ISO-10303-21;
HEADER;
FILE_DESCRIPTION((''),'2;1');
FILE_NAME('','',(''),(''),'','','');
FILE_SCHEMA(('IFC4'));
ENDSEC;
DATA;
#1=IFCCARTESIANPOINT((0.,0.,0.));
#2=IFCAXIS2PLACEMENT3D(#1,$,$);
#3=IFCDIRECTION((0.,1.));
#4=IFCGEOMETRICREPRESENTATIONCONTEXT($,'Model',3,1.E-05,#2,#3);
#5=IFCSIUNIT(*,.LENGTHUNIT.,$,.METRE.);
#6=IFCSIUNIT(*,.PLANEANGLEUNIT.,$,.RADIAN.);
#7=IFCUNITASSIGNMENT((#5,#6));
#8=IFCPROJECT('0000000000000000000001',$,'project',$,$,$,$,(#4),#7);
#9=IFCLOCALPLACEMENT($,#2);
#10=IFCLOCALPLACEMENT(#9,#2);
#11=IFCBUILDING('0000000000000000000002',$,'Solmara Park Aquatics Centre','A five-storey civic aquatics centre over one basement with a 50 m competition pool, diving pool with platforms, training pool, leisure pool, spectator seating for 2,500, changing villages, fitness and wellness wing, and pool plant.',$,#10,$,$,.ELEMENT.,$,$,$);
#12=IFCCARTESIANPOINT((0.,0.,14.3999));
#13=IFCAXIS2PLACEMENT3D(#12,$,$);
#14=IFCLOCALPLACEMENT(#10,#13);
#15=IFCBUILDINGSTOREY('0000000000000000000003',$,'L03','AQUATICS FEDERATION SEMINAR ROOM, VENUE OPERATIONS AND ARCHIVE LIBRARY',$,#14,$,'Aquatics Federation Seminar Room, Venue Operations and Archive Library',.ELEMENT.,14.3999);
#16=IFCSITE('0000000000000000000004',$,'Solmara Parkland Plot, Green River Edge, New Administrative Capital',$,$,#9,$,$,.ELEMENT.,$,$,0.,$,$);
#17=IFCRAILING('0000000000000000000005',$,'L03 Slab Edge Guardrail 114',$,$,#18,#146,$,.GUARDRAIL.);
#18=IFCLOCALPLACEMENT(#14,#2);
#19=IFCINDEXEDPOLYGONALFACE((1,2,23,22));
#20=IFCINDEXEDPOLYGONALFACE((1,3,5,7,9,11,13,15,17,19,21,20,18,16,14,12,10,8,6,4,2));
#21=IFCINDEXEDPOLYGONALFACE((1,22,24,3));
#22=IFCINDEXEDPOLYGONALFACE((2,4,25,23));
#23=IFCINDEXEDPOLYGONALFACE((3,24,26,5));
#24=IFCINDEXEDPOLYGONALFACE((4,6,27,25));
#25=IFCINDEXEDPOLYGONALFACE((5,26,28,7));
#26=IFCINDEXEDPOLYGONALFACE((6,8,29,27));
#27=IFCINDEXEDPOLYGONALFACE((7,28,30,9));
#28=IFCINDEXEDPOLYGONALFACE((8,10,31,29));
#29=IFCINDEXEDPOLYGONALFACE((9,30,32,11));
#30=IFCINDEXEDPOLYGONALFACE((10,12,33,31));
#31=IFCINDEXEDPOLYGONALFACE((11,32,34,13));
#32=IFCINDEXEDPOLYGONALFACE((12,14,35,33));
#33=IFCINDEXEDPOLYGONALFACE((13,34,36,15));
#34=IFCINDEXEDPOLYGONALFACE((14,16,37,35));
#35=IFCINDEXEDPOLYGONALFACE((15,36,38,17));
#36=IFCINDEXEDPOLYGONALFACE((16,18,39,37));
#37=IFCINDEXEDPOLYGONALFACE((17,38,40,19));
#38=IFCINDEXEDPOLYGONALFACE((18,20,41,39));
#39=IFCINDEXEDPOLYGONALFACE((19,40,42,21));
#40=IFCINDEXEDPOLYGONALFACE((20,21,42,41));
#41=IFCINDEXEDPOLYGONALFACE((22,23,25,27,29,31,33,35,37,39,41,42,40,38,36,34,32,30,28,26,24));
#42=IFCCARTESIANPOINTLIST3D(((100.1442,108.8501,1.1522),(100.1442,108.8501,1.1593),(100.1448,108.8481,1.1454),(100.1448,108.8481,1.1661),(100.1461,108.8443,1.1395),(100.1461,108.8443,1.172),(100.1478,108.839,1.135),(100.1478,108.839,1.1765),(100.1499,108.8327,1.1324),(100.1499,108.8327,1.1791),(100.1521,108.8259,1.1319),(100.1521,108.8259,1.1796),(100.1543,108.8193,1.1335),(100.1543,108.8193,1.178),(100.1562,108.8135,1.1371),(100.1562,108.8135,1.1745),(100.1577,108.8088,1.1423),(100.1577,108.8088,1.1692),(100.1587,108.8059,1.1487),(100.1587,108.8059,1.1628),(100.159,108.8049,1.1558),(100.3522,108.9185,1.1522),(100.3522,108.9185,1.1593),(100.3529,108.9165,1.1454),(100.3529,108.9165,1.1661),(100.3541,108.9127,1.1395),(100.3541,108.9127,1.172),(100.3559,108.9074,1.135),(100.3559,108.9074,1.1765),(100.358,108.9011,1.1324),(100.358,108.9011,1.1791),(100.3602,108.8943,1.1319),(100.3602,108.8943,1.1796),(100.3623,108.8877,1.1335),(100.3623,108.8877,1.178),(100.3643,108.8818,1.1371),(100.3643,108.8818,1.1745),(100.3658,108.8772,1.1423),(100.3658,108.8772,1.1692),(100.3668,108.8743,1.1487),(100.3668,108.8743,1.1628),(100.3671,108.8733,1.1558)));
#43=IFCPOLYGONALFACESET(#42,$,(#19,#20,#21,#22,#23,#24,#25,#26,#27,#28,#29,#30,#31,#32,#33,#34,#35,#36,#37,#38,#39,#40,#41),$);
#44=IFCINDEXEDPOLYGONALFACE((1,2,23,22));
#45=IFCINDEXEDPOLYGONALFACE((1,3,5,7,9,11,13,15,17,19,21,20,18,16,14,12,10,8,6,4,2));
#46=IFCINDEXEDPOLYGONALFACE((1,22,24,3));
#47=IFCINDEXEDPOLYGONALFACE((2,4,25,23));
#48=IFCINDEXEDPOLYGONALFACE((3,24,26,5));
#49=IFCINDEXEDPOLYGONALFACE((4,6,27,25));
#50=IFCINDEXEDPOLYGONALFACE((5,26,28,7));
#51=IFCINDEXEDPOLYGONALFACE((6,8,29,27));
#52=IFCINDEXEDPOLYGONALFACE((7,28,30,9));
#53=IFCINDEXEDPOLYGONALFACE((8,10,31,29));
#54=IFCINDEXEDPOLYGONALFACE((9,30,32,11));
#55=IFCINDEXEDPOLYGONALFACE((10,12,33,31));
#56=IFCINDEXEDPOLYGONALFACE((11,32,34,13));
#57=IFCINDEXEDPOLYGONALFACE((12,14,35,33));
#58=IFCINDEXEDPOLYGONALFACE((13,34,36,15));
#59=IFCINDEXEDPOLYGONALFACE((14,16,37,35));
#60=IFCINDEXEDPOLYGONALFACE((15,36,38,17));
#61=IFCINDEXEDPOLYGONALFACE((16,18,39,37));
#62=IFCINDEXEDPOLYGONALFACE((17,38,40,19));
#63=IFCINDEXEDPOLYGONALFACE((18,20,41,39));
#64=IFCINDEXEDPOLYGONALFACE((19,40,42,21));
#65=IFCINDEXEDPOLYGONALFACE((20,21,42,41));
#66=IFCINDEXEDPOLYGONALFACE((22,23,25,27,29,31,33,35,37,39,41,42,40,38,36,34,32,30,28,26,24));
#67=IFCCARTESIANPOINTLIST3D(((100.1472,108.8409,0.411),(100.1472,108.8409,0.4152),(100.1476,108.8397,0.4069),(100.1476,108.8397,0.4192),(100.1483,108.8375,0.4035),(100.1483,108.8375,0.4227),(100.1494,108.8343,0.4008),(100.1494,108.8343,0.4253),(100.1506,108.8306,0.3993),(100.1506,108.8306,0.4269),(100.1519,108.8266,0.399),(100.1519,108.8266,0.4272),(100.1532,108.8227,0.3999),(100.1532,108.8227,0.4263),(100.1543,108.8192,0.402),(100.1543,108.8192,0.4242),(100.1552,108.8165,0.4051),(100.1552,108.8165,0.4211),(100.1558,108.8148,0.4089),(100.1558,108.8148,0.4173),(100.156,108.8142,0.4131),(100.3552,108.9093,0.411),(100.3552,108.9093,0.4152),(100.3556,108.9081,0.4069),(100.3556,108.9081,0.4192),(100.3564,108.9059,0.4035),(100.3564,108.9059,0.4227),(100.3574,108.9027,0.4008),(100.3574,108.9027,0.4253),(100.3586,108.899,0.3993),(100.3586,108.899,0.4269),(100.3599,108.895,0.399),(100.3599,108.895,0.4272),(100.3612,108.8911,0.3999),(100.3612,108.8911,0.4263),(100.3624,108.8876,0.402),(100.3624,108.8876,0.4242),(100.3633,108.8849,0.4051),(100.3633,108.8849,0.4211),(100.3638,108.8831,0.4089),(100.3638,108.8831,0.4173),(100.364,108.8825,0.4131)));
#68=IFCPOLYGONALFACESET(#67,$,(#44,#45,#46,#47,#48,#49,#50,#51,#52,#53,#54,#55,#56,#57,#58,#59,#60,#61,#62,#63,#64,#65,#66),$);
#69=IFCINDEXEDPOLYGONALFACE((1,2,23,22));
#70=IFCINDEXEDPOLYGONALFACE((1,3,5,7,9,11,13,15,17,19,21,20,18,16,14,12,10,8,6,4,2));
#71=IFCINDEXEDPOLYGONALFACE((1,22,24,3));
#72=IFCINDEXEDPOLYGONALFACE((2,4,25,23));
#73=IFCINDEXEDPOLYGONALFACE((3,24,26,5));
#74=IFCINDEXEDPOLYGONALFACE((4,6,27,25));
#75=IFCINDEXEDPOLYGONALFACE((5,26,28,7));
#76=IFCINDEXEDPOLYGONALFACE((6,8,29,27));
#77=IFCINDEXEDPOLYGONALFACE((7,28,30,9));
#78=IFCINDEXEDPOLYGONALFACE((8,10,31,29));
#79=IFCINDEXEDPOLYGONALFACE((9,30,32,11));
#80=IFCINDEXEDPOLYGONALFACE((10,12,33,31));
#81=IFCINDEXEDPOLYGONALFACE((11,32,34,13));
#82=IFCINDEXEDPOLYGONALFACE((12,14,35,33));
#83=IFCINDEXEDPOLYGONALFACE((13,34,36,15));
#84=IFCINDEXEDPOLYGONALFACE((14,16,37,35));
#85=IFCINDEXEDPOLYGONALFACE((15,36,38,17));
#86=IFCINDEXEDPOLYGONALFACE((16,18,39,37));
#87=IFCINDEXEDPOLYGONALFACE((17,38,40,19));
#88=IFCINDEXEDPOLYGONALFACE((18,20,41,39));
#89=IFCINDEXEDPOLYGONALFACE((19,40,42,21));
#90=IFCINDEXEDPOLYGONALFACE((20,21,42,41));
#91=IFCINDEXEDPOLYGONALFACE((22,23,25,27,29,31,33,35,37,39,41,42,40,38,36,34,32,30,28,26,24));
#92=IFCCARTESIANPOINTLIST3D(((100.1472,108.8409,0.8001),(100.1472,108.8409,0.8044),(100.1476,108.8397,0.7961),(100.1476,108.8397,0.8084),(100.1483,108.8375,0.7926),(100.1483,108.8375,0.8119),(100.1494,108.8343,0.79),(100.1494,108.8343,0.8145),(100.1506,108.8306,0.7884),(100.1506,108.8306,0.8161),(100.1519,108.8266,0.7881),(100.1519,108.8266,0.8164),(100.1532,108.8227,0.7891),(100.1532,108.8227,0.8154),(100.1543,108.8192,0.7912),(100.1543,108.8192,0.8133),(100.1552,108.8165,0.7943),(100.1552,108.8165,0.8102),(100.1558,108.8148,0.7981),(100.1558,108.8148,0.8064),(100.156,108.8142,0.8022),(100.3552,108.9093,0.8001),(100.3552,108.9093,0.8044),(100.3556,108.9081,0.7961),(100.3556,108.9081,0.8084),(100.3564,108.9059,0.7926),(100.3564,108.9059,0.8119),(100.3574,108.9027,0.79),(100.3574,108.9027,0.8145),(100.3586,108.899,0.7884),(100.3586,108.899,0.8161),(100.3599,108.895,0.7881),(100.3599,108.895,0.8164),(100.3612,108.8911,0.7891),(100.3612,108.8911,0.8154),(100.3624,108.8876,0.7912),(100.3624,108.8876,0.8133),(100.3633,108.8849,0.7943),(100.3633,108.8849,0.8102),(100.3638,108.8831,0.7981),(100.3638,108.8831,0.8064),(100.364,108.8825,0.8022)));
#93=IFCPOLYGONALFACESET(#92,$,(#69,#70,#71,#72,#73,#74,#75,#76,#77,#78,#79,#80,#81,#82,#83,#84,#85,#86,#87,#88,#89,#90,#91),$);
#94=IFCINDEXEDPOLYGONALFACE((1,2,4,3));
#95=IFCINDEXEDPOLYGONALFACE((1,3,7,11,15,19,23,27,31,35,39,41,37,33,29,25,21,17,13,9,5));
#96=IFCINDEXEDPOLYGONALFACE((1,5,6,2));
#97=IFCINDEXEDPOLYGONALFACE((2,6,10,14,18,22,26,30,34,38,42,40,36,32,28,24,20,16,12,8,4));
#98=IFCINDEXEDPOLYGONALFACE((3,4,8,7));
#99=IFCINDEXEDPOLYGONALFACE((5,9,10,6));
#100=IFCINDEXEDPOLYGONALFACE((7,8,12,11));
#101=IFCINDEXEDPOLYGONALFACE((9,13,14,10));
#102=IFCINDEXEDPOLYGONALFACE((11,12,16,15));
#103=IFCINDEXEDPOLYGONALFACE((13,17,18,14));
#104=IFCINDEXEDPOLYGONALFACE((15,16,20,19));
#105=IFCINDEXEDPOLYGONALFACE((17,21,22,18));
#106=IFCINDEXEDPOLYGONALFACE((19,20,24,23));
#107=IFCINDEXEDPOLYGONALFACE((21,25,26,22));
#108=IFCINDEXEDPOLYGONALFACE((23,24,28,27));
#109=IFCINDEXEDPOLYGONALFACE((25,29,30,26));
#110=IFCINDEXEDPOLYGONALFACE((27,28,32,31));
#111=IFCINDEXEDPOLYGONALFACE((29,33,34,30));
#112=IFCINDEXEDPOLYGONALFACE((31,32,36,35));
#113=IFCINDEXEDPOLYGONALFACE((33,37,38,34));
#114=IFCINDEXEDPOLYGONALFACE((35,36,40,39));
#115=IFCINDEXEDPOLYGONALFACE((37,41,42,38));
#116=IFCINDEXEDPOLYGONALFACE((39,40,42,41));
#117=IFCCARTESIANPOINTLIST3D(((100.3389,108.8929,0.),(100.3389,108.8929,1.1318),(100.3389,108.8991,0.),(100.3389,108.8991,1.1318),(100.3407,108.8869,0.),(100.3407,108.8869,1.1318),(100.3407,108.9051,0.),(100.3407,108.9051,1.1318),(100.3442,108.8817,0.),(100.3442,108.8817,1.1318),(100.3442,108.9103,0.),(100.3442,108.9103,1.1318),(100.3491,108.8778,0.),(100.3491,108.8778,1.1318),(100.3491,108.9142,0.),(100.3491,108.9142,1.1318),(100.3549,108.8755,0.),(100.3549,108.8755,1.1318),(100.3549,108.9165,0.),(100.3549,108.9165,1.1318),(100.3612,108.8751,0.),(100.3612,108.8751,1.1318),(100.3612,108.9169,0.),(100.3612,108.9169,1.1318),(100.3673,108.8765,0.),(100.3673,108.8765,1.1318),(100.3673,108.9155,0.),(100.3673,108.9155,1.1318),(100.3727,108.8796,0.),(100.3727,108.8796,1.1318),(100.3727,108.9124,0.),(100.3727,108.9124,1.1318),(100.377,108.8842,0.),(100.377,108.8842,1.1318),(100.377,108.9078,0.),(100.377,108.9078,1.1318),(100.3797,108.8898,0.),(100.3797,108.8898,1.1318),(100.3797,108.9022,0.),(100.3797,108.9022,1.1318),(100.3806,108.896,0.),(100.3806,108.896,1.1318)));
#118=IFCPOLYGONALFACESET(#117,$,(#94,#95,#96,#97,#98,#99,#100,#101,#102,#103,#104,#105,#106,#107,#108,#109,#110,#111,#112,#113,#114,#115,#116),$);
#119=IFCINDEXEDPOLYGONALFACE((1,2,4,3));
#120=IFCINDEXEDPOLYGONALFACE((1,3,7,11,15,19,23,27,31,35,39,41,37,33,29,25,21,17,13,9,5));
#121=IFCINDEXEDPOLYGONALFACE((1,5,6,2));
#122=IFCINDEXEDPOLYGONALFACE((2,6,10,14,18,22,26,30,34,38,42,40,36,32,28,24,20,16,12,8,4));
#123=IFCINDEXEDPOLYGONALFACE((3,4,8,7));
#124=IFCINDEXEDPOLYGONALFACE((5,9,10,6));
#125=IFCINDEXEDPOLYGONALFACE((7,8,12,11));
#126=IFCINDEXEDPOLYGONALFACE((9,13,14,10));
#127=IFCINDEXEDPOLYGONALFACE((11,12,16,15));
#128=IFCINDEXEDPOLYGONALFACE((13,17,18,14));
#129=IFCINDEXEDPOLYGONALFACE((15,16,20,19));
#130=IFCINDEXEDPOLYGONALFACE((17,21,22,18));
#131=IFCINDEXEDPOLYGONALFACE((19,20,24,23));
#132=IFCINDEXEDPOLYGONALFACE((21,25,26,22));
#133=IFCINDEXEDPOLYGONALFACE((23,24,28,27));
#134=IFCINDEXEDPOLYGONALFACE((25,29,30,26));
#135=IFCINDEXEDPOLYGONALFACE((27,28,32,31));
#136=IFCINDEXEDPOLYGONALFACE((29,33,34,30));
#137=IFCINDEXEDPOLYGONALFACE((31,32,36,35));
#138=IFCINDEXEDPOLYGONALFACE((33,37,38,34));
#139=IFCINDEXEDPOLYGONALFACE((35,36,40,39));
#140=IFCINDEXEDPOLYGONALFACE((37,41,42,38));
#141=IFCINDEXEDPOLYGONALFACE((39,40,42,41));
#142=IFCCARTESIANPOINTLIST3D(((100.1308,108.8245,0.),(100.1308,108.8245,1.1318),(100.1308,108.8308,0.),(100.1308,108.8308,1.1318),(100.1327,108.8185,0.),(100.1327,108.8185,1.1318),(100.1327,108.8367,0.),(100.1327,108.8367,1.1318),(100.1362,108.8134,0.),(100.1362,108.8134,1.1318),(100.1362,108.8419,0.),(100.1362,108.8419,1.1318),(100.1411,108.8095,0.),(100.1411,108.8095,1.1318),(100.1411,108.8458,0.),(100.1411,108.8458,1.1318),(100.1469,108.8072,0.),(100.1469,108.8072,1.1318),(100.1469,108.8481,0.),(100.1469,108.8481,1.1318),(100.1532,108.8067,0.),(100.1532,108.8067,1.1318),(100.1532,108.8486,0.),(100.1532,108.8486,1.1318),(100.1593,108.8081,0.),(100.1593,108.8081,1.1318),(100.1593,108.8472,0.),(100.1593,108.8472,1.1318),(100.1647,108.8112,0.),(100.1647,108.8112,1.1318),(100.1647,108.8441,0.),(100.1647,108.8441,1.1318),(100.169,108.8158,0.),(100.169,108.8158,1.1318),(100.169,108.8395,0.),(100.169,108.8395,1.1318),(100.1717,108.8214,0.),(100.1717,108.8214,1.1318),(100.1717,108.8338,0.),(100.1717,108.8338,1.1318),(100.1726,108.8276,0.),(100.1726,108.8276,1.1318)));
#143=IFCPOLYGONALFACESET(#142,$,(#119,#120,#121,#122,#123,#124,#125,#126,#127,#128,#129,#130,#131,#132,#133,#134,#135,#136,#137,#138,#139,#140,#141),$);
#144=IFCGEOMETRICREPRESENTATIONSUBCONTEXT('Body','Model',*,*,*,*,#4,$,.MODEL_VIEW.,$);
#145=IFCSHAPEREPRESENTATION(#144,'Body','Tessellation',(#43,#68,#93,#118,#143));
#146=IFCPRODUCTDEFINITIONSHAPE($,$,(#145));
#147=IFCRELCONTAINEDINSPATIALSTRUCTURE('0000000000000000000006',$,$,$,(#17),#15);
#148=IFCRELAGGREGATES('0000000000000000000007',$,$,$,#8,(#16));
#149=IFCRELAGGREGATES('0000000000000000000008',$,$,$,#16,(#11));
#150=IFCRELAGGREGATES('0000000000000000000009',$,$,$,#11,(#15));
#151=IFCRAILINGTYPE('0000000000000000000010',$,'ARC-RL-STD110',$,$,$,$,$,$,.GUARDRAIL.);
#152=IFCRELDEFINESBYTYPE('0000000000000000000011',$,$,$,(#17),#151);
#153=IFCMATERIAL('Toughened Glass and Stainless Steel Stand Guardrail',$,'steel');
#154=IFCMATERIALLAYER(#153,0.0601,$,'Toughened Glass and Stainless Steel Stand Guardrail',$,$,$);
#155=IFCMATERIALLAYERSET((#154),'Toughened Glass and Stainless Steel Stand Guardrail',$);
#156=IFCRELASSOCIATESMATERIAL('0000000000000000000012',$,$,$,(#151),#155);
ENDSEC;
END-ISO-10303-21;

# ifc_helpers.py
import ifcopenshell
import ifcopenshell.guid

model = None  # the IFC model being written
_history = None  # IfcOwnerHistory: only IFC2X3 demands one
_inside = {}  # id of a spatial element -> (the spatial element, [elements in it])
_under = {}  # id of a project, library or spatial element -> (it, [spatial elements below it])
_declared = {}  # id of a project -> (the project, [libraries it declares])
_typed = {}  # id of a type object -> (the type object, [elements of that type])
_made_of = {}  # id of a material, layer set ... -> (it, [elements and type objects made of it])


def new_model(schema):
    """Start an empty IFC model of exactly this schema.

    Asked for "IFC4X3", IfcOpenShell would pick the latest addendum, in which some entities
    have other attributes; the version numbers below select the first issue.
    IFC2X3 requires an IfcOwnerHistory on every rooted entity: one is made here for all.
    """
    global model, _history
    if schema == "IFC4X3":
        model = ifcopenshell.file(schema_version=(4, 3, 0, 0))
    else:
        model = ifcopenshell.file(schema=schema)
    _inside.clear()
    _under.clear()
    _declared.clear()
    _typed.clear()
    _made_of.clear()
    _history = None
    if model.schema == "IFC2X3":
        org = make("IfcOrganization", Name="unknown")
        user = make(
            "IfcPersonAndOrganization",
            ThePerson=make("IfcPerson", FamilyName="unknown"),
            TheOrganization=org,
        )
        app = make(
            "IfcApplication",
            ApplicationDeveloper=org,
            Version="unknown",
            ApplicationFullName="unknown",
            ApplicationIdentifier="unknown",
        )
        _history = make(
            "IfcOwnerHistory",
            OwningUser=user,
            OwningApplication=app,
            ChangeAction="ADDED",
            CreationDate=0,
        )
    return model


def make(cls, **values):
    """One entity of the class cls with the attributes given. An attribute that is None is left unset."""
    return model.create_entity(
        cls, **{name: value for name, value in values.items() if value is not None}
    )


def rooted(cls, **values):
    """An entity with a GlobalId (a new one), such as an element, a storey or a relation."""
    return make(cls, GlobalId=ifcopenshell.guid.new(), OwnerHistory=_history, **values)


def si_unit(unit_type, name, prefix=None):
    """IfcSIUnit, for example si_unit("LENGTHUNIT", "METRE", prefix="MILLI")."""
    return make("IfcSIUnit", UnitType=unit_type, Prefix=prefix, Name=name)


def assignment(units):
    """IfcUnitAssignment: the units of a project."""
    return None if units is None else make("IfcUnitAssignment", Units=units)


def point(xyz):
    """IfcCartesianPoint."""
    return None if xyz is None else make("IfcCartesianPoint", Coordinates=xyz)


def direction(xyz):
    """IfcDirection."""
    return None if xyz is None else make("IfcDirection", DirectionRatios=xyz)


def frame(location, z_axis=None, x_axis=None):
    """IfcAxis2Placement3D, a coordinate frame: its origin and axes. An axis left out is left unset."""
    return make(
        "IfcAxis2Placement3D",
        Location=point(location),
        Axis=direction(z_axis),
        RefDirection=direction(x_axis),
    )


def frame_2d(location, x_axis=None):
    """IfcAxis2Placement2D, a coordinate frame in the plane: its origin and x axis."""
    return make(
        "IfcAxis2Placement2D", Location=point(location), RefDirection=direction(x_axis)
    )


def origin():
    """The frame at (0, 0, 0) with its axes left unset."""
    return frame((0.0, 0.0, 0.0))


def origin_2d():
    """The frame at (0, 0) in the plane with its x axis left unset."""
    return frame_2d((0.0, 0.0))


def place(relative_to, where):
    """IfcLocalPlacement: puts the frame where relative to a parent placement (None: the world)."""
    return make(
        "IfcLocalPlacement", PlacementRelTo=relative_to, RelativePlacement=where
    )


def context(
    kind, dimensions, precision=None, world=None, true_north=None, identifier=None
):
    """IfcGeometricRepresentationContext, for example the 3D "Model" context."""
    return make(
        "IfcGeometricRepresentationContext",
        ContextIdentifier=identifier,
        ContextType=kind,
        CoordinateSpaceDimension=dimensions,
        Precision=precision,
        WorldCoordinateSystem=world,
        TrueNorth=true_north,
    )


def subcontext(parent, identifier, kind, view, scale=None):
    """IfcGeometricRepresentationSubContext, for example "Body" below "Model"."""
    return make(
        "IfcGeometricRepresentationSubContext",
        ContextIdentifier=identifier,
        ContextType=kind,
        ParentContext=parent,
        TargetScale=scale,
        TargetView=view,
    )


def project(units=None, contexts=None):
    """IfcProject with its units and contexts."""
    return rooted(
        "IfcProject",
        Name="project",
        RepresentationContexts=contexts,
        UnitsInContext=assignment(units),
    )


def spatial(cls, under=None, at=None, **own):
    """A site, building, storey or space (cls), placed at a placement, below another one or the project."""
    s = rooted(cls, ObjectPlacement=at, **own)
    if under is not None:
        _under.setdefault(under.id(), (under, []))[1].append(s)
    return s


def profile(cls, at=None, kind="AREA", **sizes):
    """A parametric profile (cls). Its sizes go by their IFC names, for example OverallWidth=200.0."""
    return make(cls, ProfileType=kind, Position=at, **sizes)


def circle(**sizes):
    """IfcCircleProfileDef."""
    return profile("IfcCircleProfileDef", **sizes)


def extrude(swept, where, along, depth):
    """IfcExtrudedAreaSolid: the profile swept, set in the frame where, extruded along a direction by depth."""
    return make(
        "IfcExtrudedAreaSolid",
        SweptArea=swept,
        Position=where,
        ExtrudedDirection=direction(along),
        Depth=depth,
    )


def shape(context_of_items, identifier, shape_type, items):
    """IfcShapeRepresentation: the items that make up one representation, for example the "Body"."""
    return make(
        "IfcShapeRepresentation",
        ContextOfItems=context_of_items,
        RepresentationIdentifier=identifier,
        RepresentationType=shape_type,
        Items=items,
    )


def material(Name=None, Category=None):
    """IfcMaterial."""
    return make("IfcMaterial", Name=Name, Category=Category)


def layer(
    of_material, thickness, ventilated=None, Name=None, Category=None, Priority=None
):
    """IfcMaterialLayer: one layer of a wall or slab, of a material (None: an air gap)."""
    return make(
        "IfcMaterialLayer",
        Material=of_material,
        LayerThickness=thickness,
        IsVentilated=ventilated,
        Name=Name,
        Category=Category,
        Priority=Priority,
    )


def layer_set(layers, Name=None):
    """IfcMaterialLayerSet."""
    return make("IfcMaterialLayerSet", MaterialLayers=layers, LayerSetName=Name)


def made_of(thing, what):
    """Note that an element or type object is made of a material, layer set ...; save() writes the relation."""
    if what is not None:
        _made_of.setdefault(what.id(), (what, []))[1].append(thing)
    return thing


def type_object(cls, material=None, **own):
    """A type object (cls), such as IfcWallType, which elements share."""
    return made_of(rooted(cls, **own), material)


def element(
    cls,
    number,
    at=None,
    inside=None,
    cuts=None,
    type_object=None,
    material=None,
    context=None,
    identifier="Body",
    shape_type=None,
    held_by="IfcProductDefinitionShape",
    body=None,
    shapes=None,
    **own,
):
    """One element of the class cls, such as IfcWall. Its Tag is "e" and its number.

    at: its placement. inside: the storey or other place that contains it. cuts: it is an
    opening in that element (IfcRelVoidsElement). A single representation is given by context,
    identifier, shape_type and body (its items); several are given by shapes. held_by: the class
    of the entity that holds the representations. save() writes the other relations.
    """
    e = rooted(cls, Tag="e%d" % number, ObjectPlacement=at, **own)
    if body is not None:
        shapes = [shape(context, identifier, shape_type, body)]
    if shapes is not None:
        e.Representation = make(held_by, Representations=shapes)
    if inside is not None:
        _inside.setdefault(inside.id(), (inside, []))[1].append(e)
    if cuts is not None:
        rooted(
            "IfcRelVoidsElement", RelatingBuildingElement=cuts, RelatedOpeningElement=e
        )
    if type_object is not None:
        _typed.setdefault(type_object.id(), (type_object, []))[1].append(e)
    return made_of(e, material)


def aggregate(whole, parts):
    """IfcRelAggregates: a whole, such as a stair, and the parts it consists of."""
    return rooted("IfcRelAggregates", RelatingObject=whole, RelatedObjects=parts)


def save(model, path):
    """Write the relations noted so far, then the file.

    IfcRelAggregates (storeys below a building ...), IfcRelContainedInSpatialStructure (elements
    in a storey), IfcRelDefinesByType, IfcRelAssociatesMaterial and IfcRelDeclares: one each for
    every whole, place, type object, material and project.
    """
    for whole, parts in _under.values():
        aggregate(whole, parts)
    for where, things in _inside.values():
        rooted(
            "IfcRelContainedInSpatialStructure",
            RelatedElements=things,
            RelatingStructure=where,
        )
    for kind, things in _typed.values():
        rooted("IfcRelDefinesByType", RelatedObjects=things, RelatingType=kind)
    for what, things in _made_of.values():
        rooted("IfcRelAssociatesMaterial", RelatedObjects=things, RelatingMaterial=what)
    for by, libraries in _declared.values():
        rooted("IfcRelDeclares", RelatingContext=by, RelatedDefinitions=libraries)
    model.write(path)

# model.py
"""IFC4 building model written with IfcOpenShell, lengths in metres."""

from ifc_helpers import new_model, si_unit, direction, frame, origin, origin_2d, place, context, subcontext, project, spatial, circle, extrude, material, layer, layer_set, type_object, element, save


model = new_model("IFC4")

# Units and contexts
model_context = context("Model", 3, precision=1e-05, world=origin(), true_north=direction((0.0, 1.0)))
body_context = subcontext(model_context, "Body", "Model", "MODEL_VIEW")
ifc_project = project(units=[si_unit("LENGTHUNIT", "METRE"), si_unit("PLANEANGLEUNIT", "RADIAN")], contexts=[model_context])

# Site, building, storey
site_placement = place(None, origin())
site = spatial("IfcSite", under=ifc_project, at=site_placement, Name="Solmara Parkland Plot, Green River Edge, New Administrative Capital", CompositionType="ELEMENT", RefElevation=0.0)
building_placement = place(site_placement, origin())
building = spatial("IfcBuilding", under=site, at=building_placement, Name="Solmara Park Aquatics Centre", Description="A five-storey civic aquatics centre over one basement with a 50 m competition pool, diving pool with platforms, training pool, leisure pool, spectator seating for 2,500, changing villages, fitness and wellness wing, and pool plant.", CompositionType="ELEMENT")
storey_placement = place(building_placement, frame((0.0, 0.0, 14.3999)))
storey = spatial("IfcBuildingStorey", under=building, at=storey_placement, Name="L03", Description="AQUATICS FEDERATION SEMINAR ROOM, VENUE OPERATIONS AND ARCHIVE LIBRARY", LongName="Aquatics Federation Seminar Room, Venue Operations and Archive Library", CompositionType="ELEMENT", Elevation=14.3999)

# Railing
ifc_material_1 = material(Name="Toughened Glass and Stainless Steel Stand Guardrail", Category="steel")
ifc_layer_1 = layer(ifc_material_1, 0.0601, Name="Toughened Glass and Stainless Steel Stand Guardrail")
ifc_layer_set_1 = layer_set([ifc_layer_1], Name="Toughened Glass and Stainless Steel Stand Guardrail")
railing_type_1 = type_object("IfcRailingType", Name="ARC-RL-STD110", PredefinedType="GUARDRAIL", material=ifc_layer_set_1)
railing_1_placement = place(storey_placement, frame((100.3596, 108.896, 0.0)))
element("IfcRailing", 1, at=railing_1_placement, inside=storey, type_object=railing_type_1, Name="L03 Slab Edge Guardrail 114", PredefinedType="GUARDRAIL", context=body_context, shape_type="SweptSolid", body=[
    extrude(circle(Radius=0.0239, at=origin_2d()), frame((0.0, 0.0, 1.1558), z_axis=(-0.950013, -0.312211, 0.0), x_axis=(0.312211, -0.950013, 0.0)), (0.0, 0.0, 1.0), 0.219),
    extrude(circle(Radius=0.0142, at=origin_2d()), frame((0.0, 0.0, 0.4131), z_axis=(-0.950013, -0.312211, 0.0), x_axis=(0.312211, -0.950013, 0.0)), (0.0, 0.0, 1.0), 0.219),
    extrude(circle(Radius=0.0142, at=origin_2d()), frame((0.0, 0.0, 0.8022), z_axis=(-0.950013, -0.312211, 0.0), x_axis=(0.312211, -0.950013, 0.0)), (0.0, 0.0, 1.0), 0.219),
    extrude(circle(Radius=0.021, at=origin_2d()), origin(), (0.0, 0.0, 1.0), 1.1318),
    extrude(circle(Radius=0.021, at=origin_2d()), frame((-0.208, -0.0684, 0.0)), (0.0, 0.0, 1.0), 1.1318),
])

save(model, "model.ifc")
